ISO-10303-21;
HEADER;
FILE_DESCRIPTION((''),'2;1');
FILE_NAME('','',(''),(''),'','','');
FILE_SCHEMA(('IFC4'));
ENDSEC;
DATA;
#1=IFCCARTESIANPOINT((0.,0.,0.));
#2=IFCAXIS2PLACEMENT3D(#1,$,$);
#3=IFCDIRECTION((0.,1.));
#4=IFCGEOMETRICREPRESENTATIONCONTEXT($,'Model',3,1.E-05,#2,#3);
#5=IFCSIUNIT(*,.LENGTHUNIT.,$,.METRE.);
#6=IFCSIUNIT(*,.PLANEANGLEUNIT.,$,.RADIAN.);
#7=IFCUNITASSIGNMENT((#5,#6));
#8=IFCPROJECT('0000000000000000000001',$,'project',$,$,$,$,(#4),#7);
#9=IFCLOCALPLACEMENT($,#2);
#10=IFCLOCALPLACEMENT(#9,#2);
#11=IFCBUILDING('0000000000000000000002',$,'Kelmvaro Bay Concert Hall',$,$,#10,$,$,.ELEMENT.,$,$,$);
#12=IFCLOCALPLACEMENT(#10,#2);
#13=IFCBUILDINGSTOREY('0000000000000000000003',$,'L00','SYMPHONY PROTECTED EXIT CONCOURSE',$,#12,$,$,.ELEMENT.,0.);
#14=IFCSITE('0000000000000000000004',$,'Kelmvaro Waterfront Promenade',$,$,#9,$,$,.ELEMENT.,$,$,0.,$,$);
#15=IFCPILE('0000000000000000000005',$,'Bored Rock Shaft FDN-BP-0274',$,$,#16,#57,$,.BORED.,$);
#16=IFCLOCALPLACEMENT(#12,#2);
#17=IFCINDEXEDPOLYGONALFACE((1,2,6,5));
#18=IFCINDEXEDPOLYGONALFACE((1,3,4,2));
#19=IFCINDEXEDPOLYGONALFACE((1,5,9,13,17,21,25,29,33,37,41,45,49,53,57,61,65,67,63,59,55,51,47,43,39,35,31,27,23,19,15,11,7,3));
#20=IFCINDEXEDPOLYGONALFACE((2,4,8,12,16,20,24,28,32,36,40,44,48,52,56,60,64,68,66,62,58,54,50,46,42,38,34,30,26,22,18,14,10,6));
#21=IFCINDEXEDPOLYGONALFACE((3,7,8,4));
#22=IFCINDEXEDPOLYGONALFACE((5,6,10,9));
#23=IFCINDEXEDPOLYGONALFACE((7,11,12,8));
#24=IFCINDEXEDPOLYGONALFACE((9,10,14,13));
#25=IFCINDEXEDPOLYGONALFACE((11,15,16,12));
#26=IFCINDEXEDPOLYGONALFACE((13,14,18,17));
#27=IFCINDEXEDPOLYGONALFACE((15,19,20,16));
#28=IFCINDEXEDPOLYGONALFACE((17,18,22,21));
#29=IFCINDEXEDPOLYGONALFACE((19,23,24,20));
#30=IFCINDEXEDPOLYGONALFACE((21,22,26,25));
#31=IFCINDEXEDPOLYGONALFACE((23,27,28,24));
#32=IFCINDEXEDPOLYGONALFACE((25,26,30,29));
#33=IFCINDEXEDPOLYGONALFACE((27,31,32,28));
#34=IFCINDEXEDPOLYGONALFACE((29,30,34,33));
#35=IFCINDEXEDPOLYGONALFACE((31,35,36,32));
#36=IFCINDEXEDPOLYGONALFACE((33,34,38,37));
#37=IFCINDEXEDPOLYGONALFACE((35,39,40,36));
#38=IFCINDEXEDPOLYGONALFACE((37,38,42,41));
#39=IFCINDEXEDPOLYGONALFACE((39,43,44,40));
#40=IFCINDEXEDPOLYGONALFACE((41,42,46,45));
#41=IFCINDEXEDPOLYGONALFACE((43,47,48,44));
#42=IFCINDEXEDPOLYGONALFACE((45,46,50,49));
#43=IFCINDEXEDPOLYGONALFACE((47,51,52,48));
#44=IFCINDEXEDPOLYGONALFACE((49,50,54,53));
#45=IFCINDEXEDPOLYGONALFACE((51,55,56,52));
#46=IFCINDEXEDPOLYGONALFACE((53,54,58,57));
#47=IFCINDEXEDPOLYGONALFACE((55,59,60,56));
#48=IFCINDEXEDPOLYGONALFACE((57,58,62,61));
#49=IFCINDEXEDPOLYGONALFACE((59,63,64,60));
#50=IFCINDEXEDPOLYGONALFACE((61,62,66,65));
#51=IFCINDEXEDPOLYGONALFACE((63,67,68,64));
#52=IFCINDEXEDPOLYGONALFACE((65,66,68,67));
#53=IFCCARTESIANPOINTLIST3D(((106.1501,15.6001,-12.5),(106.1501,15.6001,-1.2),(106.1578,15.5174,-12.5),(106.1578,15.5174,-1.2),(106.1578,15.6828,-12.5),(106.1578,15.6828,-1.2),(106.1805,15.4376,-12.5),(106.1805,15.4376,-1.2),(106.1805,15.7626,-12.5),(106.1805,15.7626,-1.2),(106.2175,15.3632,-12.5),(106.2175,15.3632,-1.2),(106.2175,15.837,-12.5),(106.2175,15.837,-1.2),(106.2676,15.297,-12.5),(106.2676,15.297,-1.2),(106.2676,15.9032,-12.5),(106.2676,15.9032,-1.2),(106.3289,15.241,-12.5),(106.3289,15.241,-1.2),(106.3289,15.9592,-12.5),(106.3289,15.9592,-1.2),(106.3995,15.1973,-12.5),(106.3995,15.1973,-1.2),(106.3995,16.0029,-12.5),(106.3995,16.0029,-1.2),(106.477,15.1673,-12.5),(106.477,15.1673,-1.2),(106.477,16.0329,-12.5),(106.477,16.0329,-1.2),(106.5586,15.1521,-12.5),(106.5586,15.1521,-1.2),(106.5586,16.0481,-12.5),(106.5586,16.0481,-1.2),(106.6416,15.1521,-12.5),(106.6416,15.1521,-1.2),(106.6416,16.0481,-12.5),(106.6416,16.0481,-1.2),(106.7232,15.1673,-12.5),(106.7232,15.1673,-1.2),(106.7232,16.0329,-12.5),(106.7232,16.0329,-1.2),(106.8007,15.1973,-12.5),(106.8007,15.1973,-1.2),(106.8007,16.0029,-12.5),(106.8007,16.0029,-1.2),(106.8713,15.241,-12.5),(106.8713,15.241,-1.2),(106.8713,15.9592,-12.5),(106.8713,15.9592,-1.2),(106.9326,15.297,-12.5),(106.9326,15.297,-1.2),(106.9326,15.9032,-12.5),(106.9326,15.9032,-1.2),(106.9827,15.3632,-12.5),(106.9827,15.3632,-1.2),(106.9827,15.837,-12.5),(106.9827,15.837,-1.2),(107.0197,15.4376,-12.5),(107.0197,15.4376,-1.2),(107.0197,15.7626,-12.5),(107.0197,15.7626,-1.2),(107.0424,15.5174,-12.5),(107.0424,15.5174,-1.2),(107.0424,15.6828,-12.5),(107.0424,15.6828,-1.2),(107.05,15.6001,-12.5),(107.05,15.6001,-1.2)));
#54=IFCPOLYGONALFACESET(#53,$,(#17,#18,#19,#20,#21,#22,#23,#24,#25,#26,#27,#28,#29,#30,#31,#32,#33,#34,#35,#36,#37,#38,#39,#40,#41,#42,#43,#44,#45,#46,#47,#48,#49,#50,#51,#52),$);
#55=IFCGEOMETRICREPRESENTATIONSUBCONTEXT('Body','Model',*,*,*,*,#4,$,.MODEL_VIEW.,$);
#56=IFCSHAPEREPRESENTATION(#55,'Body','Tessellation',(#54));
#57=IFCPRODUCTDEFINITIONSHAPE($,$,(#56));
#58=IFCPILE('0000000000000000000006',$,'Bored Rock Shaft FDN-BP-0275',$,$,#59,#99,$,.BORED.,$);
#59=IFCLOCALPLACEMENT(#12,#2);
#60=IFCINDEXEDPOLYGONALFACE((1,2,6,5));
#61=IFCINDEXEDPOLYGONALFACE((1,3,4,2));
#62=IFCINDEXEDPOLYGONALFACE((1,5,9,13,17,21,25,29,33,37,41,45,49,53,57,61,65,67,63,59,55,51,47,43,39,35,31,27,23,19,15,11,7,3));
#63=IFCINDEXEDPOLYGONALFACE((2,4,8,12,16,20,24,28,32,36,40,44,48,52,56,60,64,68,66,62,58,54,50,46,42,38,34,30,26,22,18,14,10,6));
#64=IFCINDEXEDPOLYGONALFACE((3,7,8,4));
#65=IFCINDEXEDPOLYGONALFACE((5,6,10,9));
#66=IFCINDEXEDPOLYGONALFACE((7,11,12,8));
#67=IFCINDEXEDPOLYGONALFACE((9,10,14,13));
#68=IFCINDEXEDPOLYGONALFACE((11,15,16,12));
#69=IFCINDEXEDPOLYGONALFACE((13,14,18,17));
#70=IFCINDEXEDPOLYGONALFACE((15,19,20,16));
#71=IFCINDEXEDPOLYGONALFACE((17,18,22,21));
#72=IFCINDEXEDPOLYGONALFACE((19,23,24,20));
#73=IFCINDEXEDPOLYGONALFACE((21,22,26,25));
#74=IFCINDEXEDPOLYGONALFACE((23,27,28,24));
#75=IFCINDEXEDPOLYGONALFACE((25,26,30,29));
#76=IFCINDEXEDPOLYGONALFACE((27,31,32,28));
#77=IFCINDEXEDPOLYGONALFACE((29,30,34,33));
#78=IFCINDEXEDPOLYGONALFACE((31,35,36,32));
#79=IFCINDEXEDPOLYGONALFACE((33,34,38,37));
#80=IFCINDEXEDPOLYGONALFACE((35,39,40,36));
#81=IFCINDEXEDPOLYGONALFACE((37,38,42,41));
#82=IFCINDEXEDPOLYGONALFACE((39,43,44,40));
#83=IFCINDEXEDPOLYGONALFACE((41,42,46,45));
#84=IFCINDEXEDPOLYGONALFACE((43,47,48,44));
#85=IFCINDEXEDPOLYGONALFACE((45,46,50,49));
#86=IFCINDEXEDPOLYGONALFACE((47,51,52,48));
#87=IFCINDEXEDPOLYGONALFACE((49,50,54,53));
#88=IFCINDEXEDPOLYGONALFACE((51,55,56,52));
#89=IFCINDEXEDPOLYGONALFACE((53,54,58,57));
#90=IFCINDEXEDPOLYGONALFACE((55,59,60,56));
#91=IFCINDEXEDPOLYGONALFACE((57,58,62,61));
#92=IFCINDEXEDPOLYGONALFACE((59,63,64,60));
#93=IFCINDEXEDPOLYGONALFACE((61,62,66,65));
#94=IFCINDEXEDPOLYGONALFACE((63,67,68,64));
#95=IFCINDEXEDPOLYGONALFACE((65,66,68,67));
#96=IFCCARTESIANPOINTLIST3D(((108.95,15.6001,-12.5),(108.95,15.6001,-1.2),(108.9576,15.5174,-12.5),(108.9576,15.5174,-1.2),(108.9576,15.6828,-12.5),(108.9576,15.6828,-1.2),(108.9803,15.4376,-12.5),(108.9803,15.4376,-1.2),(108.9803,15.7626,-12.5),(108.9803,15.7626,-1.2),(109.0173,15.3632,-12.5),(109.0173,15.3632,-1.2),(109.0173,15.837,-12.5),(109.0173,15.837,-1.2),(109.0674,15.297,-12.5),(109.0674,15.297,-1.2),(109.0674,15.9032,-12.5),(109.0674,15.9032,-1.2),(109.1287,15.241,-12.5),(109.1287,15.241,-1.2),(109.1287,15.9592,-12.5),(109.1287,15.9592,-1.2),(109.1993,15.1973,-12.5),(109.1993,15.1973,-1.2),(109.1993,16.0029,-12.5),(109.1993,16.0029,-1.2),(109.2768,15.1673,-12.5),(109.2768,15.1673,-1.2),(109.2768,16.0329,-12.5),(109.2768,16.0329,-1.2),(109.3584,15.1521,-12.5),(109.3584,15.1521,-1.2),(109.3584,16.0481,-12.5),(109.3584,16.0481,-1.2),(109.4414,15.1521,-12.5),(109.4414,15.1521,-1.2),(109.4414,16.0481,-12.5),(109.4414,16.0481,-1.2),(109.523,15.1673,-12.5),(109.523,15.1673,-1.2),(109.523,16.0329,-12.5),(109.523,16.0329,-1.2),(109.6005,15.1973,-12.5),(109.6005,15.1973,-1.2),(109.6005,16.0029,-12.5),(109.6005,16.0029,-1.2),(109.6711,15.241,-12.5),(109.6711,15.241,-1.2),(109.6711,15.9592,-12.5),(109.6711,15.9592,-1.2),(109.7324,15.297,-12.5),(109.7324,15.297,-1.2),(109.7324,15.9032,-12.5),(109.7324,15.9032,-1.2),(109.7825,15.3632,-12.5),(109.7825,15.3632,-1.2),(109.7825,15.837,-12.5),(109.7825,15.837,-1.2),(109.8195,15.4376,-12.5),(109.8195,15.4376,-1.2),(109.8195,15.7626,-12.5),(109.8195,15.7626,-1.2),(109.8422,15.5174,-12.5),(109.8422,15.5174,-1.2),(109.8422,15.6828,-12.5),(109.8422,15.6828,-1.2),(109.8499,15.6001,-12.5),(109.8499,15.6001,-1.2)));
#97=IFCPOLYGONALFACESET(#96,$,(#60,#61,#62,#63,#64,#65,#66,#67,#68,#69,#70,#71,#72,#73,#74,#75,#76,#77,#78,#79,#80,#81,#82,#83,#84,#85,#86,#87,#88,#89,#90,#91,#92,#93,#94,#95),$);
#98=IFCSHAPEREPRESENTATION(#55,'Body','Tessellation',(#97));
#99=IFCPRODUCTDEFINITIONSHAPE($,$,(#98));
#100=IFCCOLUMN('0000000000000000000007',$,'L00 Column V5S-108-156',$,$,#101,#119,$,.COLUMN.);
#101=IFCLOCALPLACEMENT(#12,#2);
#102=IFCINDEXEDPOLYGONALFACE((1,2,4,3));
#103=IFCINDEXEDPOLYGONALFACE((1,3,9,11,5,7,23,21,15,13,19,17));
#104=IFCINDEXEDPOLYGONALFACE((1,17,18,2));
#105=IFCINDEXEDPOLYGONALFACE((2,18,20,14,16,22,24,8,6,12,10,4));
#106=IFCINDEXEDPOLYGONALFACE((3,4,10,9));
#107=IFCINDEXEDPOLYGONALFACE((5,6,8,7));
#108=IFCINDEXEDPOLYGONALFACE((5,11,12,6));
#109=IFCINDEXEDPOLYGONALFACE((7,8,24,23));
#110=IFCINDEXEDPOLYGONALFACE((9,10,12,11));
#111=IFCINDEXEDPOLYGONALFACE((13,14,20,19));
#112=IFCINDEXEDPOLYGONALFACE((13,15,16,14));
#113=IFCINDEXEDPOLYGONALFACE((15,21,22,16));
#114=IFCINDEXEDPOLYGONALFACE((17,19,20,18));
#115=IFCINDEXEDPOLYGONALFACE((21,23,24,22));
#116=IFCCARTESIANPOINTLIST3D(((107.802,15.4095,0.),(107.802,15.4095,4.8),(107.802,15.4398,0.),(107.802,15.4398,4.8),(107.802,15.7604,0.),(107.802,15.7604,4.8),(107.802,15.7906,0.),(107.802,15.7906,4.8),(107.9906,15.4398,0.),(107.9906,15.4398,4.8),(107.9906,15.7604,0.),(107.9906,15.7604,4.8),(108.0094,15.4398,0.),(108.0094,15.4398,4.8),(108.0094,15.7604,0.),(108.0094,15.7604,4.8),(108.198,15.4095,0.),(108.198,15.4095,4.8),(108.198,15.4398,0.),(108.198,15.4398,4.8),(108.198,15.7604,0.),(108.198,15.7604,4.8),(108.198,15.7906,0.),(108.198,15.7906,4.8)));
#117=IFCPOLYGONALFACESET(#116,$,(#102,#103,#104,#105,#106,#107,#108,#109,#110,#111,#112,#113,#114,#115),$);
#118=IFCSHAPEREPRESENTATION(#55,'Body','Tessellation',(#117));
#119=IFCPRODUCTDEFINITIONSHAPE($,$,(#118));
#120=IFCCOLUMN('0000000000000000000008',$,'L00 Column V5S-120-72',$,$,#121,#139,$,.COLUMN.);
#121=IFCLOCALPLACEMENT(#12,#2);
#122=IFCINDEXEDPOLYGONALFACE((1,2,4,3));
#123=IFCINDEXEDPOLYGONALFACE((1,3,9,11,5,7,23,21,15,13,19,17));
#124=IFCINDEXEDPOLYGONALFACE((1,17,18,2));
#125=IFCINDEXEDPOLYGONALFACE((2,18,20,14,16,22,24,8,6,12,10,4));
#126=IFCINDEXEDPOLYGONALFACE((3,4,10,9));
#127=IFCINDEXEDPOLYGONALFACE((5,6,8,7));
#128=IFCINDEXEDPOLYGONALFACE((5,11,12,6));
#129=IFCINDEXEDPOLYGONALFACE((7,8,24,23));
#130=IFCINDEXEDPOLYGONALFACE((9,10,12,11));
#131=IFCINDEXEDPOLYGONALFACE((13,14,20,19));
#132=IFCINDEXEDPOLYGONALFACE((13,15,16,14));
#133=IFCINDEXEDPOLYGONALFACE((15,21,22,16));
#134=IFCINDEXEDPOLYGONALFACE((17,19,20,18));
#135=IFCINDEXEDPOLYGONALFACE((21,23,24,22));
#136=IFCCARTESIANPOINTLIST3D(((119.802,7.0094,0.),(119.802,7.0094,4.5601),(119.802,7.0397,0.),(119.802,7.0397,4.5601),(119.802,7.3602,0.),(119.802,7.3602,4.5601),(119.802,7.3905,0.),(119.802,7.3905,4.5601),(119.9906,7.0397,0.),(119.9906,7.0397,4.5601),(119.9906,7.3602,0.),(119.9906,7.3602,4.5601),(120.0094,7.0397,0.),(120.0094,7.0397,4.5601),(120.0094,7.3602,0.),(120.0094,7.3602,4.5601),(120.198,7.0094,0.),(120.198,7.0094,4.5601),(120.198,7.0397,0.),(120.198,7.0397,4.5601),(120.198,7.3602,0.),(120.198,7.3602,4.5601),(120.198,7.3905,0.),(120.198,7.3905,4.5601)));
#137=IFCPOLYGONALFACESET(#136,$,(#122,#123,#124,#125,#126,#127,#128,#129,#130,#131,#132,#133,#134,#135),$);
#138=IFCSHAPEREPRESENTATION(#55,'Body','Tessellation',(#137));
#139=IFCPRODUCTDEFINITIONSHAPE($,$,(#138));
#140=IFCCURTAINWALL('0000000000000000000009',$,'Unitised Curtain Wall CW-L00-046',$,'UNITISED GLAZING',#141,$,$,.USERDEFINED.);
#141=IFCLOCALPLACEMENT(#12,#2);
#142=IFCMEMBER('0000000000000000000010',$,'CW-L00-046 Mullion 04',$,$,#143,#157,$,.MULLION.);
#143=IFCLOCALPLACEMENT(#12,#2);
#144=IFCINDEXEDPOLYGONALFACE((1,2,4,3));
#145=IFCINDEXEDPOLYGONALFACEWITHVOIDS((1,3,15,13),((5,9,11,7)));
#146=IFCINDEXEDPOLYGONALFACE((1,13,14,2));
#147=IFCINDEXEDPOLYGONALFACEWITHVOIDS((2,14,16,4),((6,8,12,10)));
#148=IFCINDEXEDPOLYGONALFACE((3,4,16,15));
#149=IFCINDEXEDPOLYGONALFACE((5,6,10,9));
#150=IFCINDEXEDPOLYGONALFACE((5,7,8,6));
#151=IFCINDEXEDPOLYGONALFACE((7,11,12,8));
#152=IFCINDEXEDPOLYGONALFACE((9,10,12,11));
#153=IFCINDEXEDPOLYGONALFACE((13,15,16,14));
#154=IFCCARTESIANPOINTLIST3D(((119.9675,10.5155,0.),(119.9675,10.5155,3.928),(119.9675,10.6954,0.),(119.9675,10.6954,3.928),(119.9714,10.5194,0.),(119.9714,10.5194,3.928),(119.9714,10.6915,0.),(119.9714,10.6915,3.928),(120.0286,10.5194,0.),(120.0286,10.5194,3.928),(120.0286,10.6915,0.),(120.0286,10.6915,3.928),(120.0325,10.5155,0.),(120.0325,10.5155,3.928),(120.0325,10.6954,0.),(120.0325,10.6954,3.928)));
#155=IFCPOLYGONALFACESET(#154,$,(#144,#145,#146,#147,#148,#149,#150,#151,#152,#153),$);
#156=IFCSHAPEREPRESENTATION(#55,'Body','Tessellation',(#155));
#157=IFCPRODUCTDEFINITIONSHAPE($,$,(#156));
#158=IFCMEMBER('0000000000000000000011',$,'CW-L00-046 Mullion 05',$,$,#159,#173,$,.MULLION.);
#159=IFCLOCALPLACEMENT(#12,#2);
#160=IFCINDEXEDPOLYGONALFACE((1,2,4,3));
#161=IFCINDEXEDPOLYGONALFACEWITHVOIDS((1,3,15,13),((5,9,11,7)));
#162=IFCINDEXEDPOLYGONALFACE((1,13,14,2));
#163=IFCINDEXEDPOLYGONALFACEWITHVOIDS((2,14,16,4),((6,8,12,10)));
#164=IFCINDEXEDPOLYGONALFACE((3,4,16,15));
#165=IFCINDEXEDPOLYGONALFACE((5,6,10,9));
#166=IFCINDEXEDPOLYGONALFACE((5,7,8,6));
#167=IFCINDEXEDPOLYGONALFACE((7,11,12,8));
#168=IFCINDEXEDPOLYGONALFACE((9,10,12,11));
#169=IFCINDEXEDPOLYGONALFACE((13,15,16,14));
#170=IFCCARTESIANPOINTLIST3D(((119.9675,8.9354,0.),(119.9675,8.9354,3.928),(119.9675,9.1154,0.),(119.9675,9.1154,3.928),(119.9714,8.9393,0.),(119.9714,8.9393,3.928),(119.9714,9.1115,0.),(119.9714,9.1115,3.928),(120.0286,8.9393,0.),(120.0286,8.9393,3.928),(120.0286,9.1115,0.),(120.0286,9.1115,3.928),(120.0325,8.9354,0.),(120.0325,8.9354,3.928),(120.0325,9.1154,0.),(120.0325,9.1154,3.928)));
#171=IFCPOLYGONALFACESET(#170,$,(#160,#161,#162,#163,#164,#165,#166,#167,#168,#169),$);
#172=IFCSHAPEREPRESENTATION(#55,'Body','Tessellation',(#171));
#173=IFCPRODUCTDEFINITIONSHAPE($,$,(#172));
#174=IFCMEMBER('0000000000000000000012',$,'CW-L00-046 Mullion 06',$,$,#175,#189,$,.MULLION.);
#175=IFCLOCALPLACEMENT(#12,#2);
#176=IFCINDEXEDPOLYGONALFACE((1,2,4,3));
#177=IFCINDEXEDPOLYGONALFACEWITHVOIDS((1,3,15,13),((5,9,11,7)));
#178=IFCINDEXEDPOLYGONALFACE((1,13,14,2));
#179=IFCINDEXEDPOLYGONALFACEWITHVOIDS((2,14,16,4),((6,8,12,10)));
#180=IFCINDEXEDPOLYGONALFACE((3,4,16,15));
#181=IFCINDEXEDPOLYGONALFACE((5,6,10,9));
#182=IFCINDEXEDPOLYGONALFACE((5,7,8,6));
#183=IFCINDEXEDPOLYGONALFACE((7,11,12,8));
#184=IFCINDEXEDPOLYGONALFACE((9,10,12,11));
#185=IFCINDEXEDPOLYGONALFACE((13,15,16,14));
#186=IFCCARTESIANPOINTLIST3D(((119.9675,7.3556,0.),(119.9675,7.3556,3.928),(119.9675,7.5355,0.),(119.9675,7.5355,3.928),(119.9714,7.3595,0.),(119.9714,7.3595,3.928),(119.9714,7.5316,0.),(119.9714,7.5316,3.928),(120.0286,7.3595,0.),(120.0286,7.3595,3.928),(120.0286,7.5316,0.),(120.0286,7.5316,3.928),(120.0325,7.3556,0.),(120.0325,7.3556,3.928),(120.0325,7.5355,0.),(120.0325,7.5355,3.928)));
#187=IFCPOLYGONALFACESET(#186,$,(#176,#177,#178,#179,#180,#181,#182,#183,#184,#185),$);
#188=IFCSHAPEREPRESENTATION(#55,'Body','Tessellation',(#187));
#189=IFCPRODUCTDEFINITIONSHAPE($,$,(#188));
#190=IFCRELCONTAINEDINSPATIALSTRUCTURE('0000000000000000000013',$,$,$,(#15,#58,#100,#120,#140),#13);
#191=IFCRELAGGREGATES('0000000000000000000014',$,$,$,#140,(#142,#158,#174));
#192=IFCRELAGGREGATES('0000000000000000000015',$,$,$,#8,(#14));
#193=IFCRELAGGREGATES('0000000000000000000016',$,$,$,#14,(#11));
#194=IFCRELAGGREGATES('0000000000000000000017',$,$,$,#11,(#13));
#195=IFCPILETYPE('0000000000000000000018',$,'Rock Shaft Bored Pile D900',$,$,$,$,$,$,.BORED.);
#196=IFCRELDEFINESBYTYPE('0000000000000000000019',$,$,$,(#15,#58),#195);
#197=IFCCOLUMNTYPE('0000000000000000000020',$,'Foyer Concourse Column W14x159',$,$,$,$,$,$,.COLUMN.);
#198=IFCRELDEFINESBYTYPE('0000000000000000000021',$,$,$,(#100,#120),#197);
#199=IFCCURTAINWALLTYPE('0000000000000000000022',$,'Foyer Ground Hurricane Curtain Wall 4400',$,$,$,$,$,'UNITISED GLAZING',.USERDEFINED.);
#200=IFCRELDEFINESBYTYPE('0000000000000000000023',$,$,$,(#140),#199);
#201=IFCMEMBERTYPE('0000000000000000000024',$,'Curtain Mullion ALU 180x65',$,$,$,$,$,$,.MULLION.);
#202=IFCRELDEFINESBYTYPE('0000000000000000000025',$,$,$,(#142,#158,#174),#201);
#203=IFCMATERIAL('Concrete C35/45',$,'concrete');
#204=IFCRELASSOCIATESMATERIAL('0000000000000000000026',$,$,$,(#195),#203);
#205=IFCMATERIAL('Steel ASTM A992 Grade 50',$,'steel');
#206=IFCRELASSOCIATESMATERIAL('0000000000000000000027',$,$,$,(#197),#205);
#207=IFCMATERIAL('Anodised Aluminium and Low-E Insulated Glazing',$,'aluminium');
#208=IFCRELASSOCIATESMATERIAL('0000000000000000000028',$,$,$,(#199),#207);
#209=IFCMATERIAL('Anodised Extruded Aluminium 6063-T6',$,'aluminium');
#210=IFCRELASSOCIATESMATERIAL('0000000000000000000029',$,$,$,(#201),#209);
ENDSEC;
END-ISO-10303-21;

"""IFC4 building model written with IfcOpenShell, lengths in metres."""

from ifc_helpers import new_model, si_unit, direction, frame, origin, origin_2d, place, context, subcontext, project, spatial, hollow_rectangle, circle, i_section, extrude, material, material_profile, profile_set, type_object, element, aggregate, save


model = new_model("IFC4")

# Units and contexts
model_context = context("Model", 3, precision=1e-05, world=origin(), true_north=direction((0.0, 1.0)))
body_context = subcontext(model_context, "Body", "Model", "MODEL_VIEW")
ifc_project = project(units=[si_unit("LENGTHUNIT", "METRE"), si_unit("PLANEANGLEUNIT", "RADIAN")], contexts=[model_context])

# Site, building, storey
site_placement = place(None, origin())
site = spatial("IfcSite", under=ifc_project, at=site_placement, Name="Kelmvaro Waterfront Promenade", CompositionType="ELEMENT", RefElevation=0.0)
building_placement = place(site_placement, origin())
building = spatial("IfcBuilding", under=site, at=building_placement, Name="Kelmvaro Bay Concert Hall", CompositionType="ELEMENT")
storey_placement = place(building_placement, origin())
storey = spatial("IfcBuildingStorey", under=building, at=storey_placement, Name="L00", Description="SYMPHONY PROTECTED EXIT CONCOURSE", CompositionType="ELEMENT", Elevation=0.0)

# Piles
ifc_material_1 = material(Name="Concrete C35/45", Category="concrete")
ifc_material_profile_1 = material_profile(ifc_material_1, circle(Radius=0.45, at=origin_2d()), Name="PILE-BORED-900")
ifc_profile_set_1 = profile_set([ifc_material_profile_1], Name="Concrete C35/45")
pile_type_1 = type_object("IfcPileType", Name="Rock Shaft Bored Pile D900", PredefinedType="BORED", material=ifc_profile_set_1)
for number, where, z_axis, x_axis, name in (
    (1, (106.6001, 15.6001, -1.2), (0.0, 0.0, -1.0), (1.0, 0.0, 0.0), "Bored Rock Shaft FDN-BP-0274"),
    (2, (109.3999, 15.6001, -1.2), (0.0, 0.0, -1.0), (1.0, 0.0, 0.0), "Bored Rock Shaft FDN-BP-0275"),
):
    element("IfcPile", number, at=place(storey_placement, frame(where, z_axis=z_axis, x_axis=x_axis)), inside=storey, type_object=pile_type_1, Name=name, PredefinedType="BORED", context=body_context, shape_type="SweptSolid", body=[
        extrude(circle(Radius=0.45, at=origin_2d()), origin(), (0.0, 0.0, 1.0), 11.3),
    ])

# Columns
ifc_material_2 = material(Name="Steel ASTM A992 Grade 50", Category="steel")
ifc_material_profile_2 = material_profile(ifc_material_2, i_section(OverallWidth=0.396, OverallDepth=0.3811, WebThickness=0.0188, FlangeThickness=0.0303, at=origin_2d()), Name="W14X159")
ifc_profile_set_2 = profile_set([ifc_material_profile_2], Name="Steel ASTM A992 Grade 50")
column_type = type_object("IfcColumnType", Name="Foyer Concourse Column W14x159", PredefinedType="COLUMN", material=ifc_profile_set_2)
column_1_placement = place(storey_placement, frame((108.0, 15.6001, 0.0), z_axis=(0.0, 0.0, 1.0), x_axis=(1.0, 0.0, 0.0)))
element("IfcColumn", 3, at=column_1_placement, inside=storey, type_object=column_type, Name="L00 Column V5S-108-156", PredefinedType="COLUMN", context=body_context, shape_type="SweptSolid", body=[
    extrude(i_section(OverallWidth=0.396, OverallDepth=0.3811, WebThickness=0.0188, FlangeThickness=0.0303, at=origin_2d()), origin(), (0.0, 0.0, 1.0), 4.8),
])
column_2_placement = place(storey_placement, frame((120.0, 7.2, 0.0), z_axis=(0.0, 0.0, 1.0), x_axis=(1.0, 0.0, 0.0)))
element("IfcColumn", 4, at=column_2_placement, inside=storey, type_object=column_type, Name="L00 Column V5S-120-72", PredefinedType="COLUMN", context=body_context, shape_type="SweptSolid", body=[
    extrude(i_section(OverallWidth=0.396, OverallDepth=0.3811, WebThickness=0.0188, FlangeThickness=0.0303, at=origin_2d()), origin(), (0.0, 0.0, 1.0), 4.5601),
])

# Curtain wall, members
ifc_material_3 = material(Name="Anodised Aluminium and Low-E Insulated Glazing", Category="aluminium")
curtain_wall_type = type_object("IfcCurtainWallType", Name="Foyer Ground Hurricane Curtain Wall 4400", ElementType="UNITISED GLAZING", PredefinedType="USERDEFINED", material=ifc_material_3)
curtain_wall_1_placement = place(storey_placement, origin())
curtain_wall_1 = element("IfcCurtainWall", 5, at=curtain_wall_1_placement, inside=storey, type_object=curtain_wall_type, Name="Unitised Curtain Wall CW-L00-046", ObjectType="UNITISED GLAZING", PredefinedType="USERDEFINED")
ifc_material_4 = material(Name="Anodised Extruded Aluminium 6063-T6", Category="aluminium")
ifc_material_profile_3 = material_profile(ifc_material_4, hollow_rectangle(XDim=0.0649, YDim=0.1799, WallThickness=0.0039, at=origin_2d()), Name="ALU-MUL-180X65")
ifc_profile_set_3 = profile_set([ifc_material_profile_3], Name="Anodised Extruded Aluminium 6063-T6")
member_type_1 = type_object("IfcMemberType", Name="Curtain Mullion ALU 180x65", PredefinedType="MULLION", material=ifc_profile_set_3)
member_1_placement = place(storey_placement, frame((120.0, 10.6055, 0.0), z_axis=(0.0, 0.0, 1.0), x_axis=(1.0, 0.0, 0.0)))
member_1 = element("IfcMember", 6, at=member_1_placement, type_object=member_type_1, Name="CW-L00-046 Mullion 04", PredefinedType="MULLION", context=body_context, shape_type="SweptSolid", body=[
    extrude(hollow_rectangle(XDim=0.0649, YDim=0.1799, WallThickness=0.0039, at=origin_2d()), origin(), (0.0, 0.0, 1.0), 3.928),
])
member_2_placement = place(storey_placement, frame((120.0, 9.0254, 0.0), z_axis=(0.0, 0.0, 1.0), x_axis=(1.0, 0.0, 0.0)))
member_2 = element("IfcMember", 7, at=member_2_placement, type_object=member_type_1, Name="CW-L00-046 Mullion 05", PredefinedType="MULLION", context=body_context, shape_type="SweptSolid", body=[
    extrude(hollow_rectangle(XDim=0.0649, YDim=0.1799, WallThickness=0.0039, at=origin_2d()), origin(), (0.0, 0.0, 1.0), 3.928),
])
member_3_placement = place(storey_placement, frame((120.0, 7.4456, 0.0), z_axis=(0.0, 0.0, 1.0), x_axis=(1.0, 0.0, 0.0)))
member_3 = element("IfcMember", 8, at=member_3_placement, type_object=member_type_1, Name="CW-L00-046 Mullion 06", PredefinedType="MULLION", context=body_context, shape_type="SweptSolid", body=[
    extrude(hollow_rectangle(XDim=0.0649, YDim=0.1799, WallThickness=0.0039, at=origin_2d()), origin(), (0.0, 0.0, 1.0), 3.928),
])

aggregate(curtain_wall_1, [member_1, member_2, member_3])

save(model, "model.ifc")
